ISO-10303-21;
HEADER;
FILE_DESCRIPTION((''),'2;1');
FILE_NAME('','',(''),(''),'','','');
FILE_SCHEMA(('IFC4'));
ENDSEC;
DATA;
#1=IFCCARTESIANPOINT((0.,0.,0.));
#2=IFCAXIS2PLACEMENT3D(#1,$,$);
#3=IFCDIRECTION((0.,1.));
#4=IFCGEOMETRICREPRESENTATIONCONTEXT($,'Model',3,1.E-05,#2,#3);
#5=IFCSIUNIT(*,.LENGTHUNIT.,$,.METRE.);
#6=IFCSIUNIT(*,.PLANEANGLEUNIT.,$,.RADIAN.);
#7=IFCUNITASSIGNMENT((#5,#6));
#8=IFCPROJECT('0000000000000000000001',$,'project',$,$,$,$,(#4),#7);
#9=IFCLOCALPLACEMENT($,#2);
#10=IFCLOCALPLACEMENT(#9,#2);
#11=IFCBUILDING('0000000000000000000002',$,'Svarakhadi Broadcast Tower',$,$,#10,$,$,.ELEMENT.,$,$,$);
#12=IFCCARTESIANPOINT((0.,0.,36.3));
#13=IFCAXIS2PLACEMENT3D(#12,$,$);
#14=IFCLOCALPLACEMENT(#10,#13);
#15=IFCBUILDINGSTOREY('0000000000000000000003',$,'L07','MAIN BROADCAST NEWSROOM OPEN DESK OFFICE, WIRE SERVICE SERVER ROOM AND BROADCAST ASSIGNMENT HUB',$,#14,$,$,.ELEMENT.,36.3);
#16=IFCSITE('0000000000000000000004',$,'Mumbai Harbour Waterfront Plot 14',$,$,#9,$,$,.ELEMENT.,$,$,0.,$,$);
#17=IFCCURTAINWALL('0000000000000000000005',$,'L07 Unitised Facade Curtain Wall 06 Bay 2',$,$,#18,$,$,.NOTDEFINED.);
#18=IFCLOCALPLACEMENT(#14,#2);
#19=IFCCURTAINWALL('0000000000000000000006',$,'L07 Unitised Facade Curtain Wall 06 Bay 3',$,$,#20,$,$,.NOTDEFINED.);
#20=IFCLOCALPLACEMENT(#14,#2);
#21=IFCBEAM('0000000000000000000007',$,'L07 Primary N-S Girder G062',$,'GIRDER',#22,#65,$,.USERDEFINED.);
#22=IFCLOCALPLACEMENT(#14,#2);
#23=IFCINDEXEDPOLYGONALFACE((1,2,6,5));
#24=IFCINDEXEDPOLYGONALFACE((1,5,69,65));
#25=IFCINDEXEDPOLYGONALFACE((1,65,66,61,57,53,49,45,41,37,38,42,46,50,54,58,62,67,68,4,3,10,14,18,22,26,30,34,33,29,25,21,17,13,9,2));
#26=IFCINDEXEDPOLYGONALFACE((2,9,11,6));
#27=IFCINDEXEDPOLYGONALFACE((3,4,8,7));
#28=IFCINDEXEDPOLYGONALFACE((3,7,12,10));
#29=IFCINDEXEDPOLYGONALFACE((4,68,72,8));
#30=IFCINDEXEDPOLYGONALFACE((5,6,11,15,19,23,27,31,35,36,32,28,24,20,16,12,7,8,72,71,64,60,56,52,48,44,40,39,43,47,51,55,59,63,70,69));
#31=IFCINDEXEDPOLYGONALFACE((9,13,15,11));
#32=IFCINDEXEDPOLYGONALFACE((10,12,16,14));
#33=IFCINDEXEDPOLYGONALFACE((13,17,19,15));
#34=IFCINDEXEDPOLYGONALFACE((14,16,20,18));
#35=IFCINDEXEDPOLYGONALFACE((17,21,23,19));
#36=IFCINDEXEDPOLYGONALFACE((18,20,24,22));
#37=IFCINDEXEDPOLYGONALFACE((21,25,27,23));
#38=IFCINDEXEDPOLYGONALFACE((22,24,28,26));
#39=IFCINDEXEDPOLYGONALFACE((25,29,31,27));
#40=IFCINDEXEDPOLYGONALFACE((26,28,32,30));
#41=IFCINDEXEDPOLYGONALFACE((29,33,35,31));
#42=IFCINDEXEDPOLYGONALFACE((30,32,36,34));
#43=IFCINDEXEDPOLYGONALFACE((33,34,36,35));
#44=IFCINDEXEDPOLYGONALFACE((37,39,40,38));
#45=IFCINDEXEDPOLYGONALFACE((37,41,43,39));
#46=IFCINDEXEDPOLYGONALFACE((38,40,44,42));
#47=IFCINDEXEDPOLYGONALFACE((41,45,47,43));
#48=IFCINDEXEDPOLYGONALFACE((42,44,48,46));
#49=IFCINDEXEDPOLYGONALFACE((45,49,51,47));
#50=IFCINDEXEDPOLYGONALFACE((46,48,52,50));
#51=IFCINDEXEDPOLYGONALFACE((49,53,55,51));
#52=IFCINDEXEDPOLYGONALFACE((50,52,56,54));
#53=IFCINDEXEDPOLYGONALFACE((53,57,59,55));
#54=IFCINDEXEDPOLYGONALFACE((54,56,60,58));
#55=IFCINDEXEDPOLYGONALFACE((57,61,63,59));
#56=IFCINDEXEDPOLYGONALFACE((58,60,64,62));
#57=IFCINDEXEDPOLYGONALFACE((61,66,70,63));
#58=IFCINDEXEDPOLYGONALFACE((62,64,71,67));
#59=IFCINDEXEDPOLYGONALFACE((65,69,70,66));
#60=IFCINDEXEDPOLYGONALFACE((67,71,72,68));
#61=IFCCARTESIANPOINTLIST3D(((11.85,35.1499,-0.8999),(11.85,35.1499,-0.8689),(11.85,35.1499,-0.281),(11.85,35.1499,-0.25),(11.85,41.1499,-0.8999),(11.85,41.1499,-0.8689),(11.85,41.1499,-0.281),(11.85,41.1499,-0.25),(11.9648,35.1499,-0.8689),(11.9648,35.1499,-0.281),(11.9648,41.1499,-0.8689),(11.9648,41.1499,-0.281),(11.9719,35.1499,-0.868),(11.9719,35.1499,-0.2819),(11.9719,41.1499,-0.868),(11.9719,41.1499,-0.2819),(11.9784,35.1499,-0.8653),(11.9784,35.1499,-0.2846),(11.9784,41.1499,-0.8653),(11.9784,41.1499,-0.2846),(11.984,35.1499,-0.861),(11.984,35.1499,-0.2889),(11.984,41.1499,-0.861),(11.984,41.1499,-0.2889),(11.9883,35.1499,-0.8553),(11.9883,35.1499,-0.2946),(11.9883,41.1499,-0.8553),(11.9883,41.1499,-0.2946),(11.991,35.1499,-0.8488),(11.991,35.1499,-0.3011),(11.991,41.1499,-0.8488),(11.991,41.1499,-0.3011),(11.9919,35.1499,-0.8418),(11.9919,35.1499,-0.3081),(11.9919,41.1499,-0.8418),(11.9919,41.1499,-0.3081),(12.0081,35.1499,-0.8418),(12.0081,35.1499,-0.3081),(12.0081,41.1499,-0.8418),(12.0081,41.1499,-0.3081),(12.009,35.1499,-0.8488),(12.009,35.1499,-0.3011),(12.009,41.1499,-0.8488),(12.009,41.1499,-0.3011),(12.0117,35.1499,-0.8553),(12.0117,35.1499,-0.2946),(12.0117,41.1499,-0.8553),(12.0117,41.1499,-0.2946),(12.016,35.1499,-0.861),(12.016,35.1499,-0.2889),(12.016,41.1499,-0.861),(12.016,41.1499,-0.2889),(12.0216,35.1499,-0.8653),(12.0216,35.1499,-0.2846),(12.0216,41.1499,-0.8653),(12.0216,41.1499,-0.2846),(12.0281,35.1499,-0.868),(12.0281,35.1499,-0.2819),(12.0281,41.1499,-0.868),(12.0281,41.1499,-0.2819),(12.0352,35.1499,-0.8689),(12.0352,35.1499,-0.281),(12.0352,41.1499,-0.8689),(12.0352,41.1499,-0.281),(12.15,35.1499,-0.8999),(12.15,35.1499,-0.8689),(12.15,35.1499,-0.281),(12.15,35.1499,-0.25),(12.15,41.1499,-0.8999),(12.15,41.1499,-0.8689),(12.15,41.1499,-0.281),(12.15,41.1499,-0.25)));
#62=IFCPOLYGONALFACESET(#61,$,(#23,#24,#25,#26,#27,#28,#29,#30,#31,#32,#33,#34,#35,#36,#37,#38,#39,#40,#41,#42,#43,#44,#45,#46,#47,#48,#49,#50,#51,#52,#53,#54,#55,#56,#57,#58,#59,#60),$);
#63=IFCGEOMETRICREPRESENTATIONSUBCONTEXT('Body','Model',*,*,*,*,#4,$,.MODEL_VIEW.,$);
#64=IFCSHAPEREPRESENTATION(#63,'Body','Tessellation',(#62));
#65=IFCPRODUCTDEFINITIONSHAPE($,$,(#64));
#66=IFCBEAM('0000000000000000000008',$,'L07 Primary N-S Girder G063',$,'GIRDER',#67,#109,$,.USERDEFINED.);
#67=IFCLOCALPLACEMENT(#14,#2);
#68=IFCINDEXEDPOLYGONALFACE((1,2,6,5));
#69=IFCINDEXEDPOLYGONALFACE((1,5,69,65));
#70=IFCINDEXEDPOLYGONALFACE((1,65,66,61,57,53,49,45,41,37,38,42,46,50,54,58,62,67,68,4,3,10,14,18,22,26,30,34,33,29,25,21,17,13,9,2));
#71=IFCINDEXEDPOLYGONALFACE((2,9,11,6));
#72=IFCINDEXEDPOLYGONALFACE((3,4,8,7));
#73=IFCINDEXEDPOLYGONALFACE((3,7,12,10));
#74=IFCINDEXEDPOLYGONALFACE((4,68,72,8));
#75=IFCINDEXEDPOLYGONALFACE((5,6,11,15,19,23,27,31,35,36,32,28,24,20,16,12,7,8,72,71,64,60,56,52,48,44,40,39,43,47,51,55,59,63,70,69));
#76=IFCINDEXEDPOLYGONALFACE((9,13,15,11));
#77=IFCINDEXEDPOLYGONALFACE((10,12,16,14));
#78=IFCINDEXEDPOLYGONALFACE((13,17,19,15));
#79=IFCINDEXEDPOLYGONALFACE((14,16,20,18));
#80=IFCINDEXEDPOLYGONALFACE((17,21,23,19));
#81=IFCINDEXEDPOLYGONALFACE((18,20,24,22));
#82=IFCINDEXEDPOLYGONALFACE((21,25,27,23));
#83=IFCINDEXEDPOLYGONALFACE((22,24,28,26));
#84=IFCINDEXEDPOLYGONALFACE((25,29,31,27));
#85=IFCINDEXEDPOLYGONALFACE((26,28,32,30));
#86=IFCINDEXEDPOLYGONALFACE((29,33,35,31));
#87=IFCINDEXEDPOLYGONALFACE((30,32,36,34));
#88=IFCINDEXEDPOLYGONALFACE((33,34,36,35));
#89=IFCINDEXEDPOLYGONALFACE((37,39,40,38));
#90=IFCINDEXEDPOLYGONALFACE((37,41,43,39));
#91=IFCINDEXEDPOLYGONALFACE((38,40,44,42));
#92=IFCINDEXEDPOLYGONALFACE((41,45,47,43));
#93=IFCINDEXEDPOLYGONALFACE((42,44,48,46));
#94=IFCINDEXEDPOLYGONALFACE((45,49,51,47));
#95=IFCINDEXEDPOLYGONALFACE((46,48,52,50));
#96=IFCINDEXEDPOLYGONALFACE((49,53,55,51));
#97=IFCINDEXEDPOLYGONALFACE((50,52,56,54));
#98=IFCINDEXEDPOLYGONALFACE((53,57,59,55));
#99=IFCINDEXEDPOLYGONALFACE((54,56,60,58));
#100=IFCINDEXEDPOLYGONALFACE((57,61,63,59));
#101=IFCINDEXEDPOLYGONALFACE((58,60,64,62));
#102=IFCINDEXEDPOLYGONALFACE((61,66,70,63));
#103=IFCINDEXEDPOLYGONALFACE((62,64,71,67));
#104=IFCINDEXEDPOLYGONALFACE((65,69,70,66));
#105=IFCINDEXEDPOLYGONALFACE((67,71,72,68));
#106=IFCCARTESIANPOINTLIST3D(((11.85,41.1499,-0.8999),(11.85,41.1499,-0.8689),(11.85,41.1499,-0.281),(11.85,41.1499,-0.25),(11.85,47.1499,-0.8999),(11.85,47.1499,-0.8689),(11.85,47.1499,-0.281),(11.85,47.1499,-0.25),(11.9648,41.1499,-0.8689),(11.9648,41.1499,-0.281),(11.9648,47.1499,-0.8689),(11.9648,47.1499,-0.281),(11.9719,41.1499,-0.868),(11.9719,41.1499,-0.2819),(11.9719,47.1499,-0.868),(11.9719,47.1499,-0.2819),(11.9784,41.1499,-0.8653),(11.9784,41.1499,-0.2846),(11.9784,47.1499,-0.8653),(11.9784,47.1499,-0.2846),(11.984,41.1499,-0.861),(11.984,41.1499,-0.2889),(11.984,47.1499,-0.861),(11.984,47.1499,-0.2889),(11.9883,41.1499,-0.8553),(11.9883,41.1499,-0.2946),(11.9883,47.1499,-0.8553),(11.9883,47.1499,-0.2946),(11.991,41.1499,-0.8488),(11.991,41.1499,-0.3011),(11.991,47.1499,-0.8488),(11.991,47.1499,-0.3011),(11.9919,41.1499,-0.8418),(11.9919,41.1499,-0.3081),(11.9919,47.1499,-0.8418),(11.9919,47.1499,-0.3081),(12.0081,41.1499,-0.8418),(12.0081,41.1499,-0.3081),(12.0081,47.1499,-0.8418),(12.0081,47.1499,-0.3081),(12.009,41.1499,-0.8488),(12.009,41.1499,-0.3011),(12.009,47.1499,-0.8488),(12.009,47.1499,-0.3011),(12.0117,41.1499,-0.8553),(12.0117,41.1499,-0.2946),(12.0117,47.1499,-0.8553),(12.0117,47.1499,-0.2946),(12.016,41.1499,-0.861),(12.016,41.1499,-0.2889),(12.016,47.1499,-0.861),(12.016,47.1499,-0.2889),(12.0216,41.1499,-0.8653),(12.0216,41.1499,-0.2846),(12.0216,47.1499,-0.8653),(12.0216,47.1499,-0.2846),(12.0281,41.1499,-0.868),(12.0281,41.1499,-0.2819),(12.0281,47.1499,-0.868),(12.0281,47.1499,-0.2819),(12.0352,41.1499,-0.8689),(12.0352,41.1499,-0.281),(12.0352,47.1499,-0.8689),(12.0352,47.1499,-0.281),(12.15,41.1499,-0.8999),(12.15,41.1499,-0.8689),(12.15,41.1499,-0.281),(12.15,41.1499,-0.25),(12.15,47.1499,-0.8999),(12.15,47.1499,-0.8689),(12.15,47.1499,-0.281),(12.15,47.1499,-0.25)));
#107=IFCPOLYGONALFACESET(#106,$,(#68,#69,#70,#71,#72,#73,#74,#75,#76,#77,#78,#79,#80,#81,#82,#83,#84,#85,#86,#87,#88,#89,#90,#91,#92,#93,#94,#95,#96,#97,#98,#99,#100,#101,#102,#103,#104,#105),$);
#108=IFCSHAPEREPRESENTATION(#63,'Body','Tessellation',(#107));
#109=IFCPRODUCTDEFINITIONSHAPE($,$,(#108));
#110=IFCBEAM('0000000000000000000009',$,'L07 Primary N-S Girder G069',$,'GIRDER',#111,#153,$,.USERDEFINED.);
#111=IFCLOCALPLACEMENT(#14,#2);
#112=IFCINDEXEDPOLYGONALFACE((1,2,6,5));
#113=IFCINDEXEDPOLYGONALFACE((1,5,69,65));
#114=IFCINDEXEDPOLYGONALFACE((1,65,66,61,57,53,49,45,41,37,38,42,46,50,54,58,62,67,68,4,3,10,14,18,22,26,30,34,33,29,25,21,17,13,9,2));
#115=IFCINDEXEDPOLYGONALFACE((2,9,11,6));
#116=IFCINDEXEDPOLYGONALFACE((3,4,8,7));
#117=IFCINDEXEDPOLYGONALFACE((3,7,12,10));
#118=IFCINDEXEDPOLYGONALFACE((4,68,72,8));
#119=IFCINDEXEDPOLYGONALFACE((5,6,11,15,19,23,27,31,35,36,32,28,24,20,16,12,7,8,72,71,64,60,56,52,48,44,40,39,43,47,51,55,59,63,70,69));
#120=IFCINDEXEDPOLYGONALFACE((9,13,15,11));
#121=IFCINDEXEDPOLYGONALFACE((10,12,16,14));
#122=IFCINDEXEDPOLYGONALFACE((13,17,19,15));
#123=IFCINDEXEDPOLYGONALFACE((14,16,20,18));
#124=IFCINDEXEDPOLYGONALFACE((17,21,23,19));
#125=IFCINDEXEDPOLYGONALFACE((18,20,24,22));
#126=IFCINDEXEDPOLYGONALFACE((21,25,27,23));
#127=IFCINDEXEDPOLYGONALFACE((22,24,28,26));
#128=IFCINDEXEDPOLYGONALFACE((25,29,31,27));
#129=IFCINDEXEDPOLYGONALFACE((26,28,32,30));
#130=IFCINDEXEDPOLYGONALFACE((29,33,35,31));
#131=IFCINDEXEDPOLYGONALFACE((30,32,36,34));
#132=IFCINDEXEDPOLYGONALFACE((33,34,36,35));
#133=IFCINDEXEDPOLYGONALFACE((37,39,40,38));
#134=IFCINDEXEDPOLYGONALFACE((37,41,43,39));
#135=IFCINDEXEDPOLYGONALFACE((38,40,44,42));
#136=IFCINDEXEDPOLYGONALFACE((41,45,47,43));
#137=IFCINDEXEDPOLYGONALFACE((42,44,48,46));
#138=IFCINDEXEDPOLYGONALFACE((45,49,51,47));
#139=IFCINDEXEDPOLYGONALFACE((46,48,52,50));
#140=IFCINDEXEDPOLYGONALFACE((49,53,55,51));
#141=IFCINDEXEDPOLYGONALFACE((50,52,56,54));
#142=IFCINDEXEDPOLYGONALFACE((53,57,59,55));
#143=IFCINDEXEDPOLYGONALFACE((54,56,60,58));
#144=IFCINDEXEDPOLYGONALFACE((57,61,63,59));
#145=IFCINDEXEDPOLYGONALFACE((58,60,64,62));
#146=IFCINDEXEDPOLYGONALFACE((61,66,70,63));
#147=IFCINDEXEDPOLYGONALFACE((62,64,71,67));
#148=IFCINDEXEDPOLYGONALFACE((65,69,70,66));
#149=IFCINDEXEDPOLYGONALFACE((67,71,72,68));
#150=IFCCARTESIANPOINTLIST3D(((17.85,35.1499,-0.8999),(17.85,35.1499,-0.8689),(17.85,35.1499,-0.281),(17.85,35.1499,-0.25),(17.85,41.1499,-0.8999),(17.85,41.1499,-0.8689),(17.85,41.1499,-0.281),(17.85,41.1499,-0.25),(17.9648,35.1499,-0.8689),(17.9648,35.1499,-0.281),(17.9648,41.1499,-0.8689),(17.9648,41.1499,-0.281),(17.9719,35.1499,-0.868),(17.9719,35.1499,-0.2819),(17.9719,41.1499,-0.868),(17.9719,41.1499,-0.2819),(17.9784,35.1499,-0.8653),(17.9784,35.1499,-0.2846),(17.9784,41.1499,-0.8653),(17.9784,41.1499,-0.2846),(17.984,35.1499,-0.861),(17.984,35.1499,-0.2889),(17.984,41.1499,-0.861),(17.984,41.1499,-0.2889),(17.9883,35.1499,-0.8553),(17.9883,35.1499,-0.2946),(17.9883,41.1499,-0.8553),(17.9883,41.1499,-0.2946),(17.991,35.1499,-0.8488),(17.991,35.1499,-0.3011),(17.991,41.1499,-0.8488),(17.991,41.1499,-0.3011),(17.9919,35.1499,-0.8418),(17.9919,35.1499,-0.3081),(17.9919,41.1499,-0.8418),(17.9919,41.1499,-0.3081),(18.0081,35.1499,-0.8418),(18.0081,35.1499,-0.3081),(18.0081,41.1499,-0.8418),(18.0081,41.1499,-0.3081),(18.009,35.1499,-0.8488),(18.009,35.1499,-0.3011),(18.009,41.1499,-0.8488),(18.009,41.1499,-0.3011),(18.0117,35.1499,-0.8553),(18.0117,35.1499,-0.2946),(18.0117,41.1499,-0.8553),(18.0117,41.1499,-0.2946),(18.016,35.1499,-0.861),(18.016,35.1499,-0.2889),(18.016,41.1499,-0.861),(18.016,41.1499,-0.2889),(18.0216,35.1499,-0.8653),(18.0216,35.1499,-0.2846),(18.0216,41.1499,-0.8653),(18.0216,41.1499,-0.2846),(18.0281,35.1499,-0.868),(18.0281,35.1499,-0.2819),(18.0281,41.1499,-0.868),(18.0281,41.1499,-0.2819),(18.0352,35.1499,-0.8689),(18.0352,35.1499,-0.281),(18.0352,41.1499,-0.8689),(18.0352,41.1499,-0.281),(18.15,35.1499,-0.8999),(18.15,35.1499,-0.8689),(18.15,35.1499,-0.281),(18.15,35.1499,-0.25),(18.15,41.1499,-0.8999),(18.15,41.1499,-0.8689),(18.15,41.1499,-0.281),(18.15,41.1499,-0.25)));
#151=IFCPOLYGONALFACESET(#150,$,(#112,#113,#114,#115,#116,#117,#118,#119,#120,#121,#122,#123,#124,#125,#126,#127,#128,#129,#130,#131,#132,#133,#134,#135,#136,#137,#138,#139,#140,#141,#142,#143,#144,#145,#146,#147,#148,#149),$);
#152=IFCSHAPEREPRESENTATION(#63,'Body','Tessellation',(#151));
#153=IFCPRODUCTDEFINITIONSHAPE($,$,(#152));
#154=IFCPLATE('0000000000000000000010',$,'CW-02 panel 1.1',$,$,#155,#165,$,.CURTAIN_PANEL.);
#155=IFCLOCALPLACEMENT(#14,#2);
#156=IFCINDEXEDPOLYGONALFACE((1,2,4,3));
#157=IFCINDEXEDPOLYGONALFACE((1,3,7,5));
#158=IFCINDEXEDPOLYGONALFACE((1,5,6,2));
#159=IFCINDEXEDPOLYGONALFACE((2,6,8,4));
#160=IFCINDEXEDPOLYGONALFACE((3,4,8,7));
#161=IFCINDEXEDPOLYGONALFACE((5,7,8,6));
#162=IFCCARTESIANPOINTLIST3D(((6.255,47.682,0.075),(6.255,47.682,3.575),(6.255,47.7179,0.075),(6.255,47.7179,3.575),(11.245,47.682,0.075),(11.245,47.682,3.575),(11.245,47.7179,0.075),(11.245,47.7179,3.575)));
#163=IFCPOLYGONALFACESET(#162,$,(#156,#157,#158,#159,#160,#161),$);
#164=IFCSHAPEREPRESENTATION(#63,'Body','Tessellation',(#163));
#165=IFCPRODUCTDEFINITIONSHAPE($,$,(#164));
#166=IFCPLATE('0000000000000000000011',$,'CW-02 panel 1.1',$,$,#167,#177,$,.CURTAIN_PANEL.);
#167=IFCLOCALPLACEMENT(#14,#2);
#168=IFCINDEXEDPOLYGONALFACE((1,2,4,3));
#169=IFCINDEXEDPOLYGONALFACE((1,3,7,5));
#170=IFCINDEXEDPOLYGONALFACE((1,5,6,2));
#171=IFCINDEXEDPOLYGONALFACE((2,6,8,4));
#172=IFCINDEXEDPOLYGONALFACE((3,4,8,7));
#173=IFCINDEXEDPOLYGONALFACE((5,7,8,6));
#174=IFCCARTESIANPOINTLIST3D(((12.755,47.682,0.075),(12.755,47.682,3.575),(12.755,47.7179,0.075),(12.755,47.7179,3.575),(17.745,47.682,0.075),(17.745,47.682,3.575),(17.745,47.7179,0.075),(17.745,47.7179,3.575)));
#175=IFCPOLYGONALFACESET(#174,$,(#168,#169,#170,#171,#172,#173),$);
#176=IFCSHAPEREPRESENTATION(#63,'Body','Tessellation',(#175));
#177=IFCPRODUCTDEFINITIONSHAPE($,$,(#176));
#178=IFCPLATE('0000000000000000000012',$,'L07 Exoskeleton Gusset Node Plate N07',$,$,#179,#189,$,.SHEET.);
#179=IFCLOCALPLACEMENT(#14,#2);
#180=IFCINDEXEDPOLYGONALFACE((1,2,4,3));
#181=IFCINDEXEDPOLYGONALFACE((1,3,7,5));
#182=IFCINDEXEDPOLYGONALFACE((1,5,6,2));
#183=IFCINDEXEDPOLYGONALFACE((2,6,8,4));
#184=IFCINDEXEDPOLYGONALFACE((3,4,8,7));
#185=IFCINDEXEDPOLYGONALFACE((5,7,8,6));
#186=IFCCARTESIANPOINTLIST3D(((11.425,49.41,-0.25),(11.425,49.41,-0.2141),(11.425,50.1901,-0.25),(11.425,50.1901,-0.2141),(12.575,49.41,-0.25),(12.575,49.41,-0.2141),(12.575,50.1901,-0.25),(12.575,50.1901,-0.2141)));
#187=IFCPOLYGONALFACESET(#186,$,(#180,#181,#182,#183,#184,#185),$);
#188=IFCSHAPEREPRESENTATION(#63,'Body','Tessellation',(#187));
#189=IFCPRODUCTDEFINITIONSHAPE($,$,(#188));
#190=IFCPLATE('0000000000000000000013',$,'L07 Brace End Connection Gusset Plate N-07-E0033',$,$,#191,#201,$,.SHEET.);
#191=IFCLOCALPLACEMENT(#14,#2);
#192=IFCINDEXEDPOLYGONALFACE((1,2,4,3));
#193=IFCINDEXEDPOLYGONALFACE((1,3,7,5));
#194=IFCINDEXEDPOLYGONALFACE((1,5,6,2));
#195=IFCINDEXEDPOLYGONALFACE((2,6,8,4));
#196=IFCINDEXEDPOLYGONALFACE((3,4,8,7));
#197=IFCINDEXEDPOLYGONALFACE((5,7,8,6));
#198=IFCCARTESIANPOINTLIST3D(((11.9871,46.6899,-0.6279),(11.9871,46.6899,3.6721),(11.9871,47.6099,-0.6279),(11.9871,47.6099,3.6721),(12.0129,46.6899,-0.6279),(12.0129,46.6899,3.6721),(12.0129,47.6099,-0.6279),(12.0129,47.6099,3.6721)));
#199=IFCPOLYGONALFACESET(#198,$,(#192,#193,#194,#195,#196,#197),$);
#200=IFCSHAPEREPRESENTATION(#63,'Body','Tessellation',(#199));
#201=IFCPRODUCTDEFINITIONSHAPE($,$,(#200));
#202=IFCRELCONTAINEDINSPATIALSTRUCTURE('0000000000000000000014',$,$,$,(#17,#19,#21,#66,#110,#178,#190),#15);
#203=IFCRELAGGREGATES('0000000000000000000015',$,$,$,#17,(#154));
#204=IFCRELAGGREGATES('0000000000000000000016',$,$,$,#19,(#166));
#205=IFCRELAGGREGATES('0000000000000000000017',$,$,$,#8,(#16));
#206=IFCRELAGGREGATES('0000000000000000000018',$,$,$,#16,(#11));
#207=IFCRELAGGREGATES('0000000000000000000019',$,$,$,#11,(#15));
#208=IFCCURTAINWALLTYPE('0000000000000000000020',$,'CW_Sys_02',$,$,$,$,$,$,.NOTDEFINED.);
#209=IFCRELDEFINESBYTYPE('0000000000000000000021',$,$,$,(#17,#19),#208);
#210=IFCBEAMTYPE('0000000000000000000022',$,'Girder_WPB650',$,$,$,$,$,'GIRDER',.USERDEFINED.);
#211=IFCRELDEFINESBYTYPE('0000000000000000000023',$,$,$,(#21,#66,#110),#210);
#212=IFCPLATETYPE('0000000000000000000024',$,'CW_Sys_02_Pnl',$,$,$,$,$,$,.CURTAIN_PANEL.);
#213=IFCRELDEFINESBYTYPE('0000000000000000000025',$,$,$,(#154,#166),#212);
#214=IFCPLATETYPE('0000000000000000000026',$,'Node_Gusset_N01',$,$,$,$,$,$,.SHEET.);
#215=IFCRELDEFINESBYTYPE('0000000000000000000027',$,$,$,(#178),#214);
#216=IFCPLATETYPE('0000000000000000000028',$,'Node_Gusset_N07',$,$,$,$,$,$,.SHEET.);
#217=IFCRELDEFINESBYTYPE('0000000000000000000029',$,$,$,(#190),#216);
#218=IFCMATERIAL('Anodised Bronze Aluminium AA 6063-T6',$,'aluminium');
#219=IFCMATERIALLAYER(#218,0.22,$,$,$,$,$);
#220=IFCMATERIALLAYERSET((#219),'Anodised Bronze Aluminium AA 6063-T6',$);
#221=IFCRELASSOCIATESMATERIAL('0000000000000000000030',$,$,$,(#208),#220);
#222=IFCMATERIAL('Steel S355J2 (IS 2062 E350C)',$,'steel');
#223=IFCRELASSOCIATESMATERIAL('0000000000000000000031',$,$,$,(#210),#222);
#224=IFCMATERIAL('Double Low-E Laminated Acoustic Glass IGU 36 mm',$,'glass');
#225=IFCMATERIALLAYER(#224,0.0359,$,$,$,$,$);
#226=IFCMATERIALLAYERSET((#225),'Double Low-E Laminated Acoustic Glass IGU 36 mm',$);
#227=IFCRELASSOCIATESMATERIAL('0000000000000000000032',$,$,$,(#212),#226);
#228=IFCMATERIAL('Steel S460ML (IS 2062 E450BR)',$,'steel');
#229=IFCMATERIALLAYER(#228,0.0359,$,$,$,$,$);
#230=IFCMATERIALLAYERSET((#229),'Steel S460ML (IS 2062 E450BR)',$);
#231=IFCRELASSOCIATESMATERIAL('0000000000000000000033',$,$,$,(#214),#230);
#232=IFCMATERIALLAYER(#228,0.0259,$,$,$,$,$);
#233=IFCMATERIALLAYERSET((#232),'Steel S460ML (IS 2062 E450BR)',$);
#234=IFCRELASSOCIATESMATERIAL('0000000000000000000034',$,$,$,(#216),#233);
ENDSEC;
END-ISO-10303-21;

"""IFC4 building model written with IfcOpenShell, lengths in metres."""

from ifc_helpers import new_model, si_unit, direction, frame, origin, origin_2d, place, context, subcontext, project, spatial, rectangle, i_section, extrude, material, layer, layer_set, material_profile, profile_set, type_object, element, aggregate, save


model = new_model("IFC4")

# Units and contexts
model_context = context("Model", 3, precision=1e-05, world=origin(), true_north=direction((0.0, 1.0)))
body_context = subcontext(model_context, "Body", "Model", "MODEL_VIEW")
ifc_project = project(units=[si_unit("LENGTHUNIT", "METRE"), si_unit("PLANEANGLEUNIT", "RADIAN")], contexts=[model_context])

# Site, building, storey
site_placement = place(None, origin())
site = spatial("IfcSite", under=ifc_project, at=site_placement, Name="Mumbai Harbour Waterfront Plot 14", CompositionType="ELEMENT", RefElevation=0.0)
building_placement = place(site_placement, origin())
building = spatial("IfcBuilding", under=site, at=building_placement, Name="Svarakhadi Broadcast Tower", CompositionType="ELEMENT")
storey_placement = place(building_placement, frame((0.0, 0.0, 36.3)))
storey = spatial("IfcBuildingStorey", under=building, at=storey_placement, Name="L07", Description="MAIN BROADCAST NEWSROOM OPEN DESK OFFICE, WIRE SERVICE SERVER ROOM AND BROADCAST ASSIGNMENT HUB", CompositionType="ELEMENT", Elevation=36.3)

# Shared definitions
ifc_material_1 = material(Name="Steel S460ML (IS 2062 E450BR)", Category="steel")

# Shared definitions
ifc_material_2 = material(Name="Steel S355J2 (IS 2062 E350C)", Category="steel")

# Curtain walls
ifc_material_3 = material(Name="Anodised Bronze Aluminium AA 6063-T6", Category="aluminium")
ifc_layer_1 = layer(ifc_material_3, 0.22)
ifc_layer_set_1 = layer_set([ifc_layer_1], Name="Anodised Bronze Aluminium AA 6063-T6")
curtain_wall_type = type_object("IfcCurtainWallType", Name="CW_Sys_02", PredefinedType="NOTDEFINED", material=ifc_layer_set_1)
curtain_wall_1_placement = place(storey_placement, origin())
curtain_wall_1 = element("IfcCurtainWall", 1, at=curtain_wall_1_placement, inside=storey, type_object=curtain_wall_type, Name="L07 Unitised Facade Curtain Wall 06 Bay 2", PredefinedType="NOTDEFINED")
curtain_wall_2_placement = place(storey_placement, origin())
curtain_wall_2 = element("IfcCurtainWall", 2, at=curtain_wall_2_placement, inside=storey, type_object=curtain_wall_type, Name="L07 Unitised Facade Curtain Wall 06 Bay 3", PredefinedType="NOTDEFINED")

# Beams
ifc_material_profile_1 = material_profile(ifc_material_2, i_section(OverallWidth=0.3, OverallDepth=0.6499, WebThickness=0.0161, FlangeThickness=0.031, FilletRadius=0.0271, at=origin_2d()), Name="WPB 650x300x225")
ifc_profile_set_1 = profile_set([ifc_material_profile_1], Name="Steel S355J2 (IS 2062 E350C)")
beam_type_1 = type_object("IfcBeamType", Name="Girder_WPB650", ElementType="GIRDER", PredefinedType="USERDEFINED", material=ifc_profile_set_1)
for number, where, z_axis, x_axis, name in (
    (3, (12.0, 35.1499, -0.575), (0.0, 1.0, 0.0), (-1.0, 0.0, 0.0), "L07 Primary N-S Girder G062"),
    (4, (12.0, 41.1499, -0.575), (0.0, 1.0, 0.0), (-1.0, 0.0, 0.0), "L07 Primary N-S Girder G063"),
    (5, (18.0, 35.1499, -0.575), (0.0, 1.0, 0.0), (-1.0, 0.0, 0.0), "L07 Primary N-S Girder G069"),
):
    element("IfcBeam", number, at=place(storey_placement, frame(where, z_axis=z_axis, x_axis=x_axis)), inside=storey, type_object=beam_type_1, Name=name, ObjectType="GIRDER", PredefinedType="USERDEFINED", context=body_context, shape_type="SweptSolid", body=[
        extrude(i_section(OverallWidth=0.3, OverallDepth=0.6499, WebThickness=0.0161, FlangeThickness=0.031, FilletRadius=0.0271, at=origin_2d()), origin(), (0.0, 0.0, 1.0), 6.0),
    ])

# Plates
ifc_material_4 = material(Name="Double Low-E Laminated Acoustic Glass IGU 36 mm", Category="glass")
ifc_layer_2 = layer(ifc_material_4, 0.0359)
ifc_layer_set_2 = layer_set([ifc_layer_2], Name="Double Low-E Laminated Acoustic Glass IGU 36 mm")
plate_type_1 = type_object("IfcPlateType", Name="CW_Sys_02_Pnl", PredefinedType="CURTAIN_PANEL", material=ifc_layer_set_2)
plate_1_placement = place(storey_placement, frame((8.75, 47.7, 0.075), z_axis=(0.0, 0.0, 1.0), x_axis=(1.0, 0.0, 0.0)))
plate_1 = element("IfcPlate", 6, at=plate_1_placement, type_object=plate_type_1, Name="CW-02 panel 1.1", PredefinedType="CURTAIN_PANEL", context=body_context, shape_type="SweptSolid", body=[
    extrude(rectangle(XDim=4.99, YDim=0.0359, at=origin_2d()), origin(), (0.0, 0.0, 1.0), 3.5),
])
aggregate(curtain_wall_1, [plate_1])
plate_2_placement = place(storey_placement, frame((15.25, 47.7, 0.075), z_axis=(0.0, 0.0, 1.0), x_axis=(1.0, 0.0, 0.0)))
plate_2 = element("IfcPlate", 7, at=plate_2_placement, type_object=plate_type_1, Name="CW-02 panel 1.1", PredefinedType="CURTAIN_PANEL", context=body_context, shape_type="SweptSolid", body=[
    extrude(rectangle(XDim=4.99, YDim=0.0359, at=origin_2d()), origin(), (0.0, 0.0, 1.0), 3.5),
])
aggregate(curtain_wall_2, [plate_2])

# Plates
ifc_layer_3 = layer(ifc_material_1, 0.0359)
ifc_layer_set_3 = layer_set([ifc_layer_3], Name="Steel S460ML (IS 2062 E450BR)")
plate_type_2 = type_object("IfcPlateType", Name="Node_Gusset_N01", PredefinedType="SHEET", material=ifc_layer_set_3)
plate_3_placement = place(storey_placement, frame((12.0, 49.8, -0.25), z_axis=(0.0, 0.0, 1.0), x_axis=(1.0, 0.0, 0.0)))
element("IfcPlate", 8, at=plate_3_placement, inside=storey, type_object=plate_type_2, Name="L07 Exoskeleton Gusset Node Plate N07", PredefinedType="SHEET", context=body_context, shape_type="SweptSolid", body=[
    extrude(rectangle(XDim=1.1499, YDim=0.78, at=origin_2d()), origin(), (0.0, 0.0, 1.0), 0.0359),
])
ifc_layer_4 = layer(ifc_material_1, 0.0259)
ifc_layer_set_4 = layer_set([ifc_layer_4], Name="Steel S460ML (IS 2062 E450BR)")
plate_type_3 = type_object("IfcPlateType", Name="Node_Gusset_N07", PredefinedType="SHEET", material=ifc_layer_set_4)
plate_4_placement = place(storey_placement, frame((12.0, 47.1499, -0.6279), z_axis=(0.0, 0.0, 1.0), x_axis=(0.0, 1.0, 0.0)))
element("IfcPlate", 9, at=plate_4_placement, inside=storey, type_object=plate_type_3, Name="L07 Brace End Connection Gusset Plate N-07-E0033", PredefinedType="SHEET", context=body_context, shape_type="SweptSolid", body=[
    extrude(rectangle(XDim=0.9199, YDim=0.0259, at=origin_2d()), origin(), (0.0, 0.0, 1.0), 4.3),
])

save(model, "model.ifc")
